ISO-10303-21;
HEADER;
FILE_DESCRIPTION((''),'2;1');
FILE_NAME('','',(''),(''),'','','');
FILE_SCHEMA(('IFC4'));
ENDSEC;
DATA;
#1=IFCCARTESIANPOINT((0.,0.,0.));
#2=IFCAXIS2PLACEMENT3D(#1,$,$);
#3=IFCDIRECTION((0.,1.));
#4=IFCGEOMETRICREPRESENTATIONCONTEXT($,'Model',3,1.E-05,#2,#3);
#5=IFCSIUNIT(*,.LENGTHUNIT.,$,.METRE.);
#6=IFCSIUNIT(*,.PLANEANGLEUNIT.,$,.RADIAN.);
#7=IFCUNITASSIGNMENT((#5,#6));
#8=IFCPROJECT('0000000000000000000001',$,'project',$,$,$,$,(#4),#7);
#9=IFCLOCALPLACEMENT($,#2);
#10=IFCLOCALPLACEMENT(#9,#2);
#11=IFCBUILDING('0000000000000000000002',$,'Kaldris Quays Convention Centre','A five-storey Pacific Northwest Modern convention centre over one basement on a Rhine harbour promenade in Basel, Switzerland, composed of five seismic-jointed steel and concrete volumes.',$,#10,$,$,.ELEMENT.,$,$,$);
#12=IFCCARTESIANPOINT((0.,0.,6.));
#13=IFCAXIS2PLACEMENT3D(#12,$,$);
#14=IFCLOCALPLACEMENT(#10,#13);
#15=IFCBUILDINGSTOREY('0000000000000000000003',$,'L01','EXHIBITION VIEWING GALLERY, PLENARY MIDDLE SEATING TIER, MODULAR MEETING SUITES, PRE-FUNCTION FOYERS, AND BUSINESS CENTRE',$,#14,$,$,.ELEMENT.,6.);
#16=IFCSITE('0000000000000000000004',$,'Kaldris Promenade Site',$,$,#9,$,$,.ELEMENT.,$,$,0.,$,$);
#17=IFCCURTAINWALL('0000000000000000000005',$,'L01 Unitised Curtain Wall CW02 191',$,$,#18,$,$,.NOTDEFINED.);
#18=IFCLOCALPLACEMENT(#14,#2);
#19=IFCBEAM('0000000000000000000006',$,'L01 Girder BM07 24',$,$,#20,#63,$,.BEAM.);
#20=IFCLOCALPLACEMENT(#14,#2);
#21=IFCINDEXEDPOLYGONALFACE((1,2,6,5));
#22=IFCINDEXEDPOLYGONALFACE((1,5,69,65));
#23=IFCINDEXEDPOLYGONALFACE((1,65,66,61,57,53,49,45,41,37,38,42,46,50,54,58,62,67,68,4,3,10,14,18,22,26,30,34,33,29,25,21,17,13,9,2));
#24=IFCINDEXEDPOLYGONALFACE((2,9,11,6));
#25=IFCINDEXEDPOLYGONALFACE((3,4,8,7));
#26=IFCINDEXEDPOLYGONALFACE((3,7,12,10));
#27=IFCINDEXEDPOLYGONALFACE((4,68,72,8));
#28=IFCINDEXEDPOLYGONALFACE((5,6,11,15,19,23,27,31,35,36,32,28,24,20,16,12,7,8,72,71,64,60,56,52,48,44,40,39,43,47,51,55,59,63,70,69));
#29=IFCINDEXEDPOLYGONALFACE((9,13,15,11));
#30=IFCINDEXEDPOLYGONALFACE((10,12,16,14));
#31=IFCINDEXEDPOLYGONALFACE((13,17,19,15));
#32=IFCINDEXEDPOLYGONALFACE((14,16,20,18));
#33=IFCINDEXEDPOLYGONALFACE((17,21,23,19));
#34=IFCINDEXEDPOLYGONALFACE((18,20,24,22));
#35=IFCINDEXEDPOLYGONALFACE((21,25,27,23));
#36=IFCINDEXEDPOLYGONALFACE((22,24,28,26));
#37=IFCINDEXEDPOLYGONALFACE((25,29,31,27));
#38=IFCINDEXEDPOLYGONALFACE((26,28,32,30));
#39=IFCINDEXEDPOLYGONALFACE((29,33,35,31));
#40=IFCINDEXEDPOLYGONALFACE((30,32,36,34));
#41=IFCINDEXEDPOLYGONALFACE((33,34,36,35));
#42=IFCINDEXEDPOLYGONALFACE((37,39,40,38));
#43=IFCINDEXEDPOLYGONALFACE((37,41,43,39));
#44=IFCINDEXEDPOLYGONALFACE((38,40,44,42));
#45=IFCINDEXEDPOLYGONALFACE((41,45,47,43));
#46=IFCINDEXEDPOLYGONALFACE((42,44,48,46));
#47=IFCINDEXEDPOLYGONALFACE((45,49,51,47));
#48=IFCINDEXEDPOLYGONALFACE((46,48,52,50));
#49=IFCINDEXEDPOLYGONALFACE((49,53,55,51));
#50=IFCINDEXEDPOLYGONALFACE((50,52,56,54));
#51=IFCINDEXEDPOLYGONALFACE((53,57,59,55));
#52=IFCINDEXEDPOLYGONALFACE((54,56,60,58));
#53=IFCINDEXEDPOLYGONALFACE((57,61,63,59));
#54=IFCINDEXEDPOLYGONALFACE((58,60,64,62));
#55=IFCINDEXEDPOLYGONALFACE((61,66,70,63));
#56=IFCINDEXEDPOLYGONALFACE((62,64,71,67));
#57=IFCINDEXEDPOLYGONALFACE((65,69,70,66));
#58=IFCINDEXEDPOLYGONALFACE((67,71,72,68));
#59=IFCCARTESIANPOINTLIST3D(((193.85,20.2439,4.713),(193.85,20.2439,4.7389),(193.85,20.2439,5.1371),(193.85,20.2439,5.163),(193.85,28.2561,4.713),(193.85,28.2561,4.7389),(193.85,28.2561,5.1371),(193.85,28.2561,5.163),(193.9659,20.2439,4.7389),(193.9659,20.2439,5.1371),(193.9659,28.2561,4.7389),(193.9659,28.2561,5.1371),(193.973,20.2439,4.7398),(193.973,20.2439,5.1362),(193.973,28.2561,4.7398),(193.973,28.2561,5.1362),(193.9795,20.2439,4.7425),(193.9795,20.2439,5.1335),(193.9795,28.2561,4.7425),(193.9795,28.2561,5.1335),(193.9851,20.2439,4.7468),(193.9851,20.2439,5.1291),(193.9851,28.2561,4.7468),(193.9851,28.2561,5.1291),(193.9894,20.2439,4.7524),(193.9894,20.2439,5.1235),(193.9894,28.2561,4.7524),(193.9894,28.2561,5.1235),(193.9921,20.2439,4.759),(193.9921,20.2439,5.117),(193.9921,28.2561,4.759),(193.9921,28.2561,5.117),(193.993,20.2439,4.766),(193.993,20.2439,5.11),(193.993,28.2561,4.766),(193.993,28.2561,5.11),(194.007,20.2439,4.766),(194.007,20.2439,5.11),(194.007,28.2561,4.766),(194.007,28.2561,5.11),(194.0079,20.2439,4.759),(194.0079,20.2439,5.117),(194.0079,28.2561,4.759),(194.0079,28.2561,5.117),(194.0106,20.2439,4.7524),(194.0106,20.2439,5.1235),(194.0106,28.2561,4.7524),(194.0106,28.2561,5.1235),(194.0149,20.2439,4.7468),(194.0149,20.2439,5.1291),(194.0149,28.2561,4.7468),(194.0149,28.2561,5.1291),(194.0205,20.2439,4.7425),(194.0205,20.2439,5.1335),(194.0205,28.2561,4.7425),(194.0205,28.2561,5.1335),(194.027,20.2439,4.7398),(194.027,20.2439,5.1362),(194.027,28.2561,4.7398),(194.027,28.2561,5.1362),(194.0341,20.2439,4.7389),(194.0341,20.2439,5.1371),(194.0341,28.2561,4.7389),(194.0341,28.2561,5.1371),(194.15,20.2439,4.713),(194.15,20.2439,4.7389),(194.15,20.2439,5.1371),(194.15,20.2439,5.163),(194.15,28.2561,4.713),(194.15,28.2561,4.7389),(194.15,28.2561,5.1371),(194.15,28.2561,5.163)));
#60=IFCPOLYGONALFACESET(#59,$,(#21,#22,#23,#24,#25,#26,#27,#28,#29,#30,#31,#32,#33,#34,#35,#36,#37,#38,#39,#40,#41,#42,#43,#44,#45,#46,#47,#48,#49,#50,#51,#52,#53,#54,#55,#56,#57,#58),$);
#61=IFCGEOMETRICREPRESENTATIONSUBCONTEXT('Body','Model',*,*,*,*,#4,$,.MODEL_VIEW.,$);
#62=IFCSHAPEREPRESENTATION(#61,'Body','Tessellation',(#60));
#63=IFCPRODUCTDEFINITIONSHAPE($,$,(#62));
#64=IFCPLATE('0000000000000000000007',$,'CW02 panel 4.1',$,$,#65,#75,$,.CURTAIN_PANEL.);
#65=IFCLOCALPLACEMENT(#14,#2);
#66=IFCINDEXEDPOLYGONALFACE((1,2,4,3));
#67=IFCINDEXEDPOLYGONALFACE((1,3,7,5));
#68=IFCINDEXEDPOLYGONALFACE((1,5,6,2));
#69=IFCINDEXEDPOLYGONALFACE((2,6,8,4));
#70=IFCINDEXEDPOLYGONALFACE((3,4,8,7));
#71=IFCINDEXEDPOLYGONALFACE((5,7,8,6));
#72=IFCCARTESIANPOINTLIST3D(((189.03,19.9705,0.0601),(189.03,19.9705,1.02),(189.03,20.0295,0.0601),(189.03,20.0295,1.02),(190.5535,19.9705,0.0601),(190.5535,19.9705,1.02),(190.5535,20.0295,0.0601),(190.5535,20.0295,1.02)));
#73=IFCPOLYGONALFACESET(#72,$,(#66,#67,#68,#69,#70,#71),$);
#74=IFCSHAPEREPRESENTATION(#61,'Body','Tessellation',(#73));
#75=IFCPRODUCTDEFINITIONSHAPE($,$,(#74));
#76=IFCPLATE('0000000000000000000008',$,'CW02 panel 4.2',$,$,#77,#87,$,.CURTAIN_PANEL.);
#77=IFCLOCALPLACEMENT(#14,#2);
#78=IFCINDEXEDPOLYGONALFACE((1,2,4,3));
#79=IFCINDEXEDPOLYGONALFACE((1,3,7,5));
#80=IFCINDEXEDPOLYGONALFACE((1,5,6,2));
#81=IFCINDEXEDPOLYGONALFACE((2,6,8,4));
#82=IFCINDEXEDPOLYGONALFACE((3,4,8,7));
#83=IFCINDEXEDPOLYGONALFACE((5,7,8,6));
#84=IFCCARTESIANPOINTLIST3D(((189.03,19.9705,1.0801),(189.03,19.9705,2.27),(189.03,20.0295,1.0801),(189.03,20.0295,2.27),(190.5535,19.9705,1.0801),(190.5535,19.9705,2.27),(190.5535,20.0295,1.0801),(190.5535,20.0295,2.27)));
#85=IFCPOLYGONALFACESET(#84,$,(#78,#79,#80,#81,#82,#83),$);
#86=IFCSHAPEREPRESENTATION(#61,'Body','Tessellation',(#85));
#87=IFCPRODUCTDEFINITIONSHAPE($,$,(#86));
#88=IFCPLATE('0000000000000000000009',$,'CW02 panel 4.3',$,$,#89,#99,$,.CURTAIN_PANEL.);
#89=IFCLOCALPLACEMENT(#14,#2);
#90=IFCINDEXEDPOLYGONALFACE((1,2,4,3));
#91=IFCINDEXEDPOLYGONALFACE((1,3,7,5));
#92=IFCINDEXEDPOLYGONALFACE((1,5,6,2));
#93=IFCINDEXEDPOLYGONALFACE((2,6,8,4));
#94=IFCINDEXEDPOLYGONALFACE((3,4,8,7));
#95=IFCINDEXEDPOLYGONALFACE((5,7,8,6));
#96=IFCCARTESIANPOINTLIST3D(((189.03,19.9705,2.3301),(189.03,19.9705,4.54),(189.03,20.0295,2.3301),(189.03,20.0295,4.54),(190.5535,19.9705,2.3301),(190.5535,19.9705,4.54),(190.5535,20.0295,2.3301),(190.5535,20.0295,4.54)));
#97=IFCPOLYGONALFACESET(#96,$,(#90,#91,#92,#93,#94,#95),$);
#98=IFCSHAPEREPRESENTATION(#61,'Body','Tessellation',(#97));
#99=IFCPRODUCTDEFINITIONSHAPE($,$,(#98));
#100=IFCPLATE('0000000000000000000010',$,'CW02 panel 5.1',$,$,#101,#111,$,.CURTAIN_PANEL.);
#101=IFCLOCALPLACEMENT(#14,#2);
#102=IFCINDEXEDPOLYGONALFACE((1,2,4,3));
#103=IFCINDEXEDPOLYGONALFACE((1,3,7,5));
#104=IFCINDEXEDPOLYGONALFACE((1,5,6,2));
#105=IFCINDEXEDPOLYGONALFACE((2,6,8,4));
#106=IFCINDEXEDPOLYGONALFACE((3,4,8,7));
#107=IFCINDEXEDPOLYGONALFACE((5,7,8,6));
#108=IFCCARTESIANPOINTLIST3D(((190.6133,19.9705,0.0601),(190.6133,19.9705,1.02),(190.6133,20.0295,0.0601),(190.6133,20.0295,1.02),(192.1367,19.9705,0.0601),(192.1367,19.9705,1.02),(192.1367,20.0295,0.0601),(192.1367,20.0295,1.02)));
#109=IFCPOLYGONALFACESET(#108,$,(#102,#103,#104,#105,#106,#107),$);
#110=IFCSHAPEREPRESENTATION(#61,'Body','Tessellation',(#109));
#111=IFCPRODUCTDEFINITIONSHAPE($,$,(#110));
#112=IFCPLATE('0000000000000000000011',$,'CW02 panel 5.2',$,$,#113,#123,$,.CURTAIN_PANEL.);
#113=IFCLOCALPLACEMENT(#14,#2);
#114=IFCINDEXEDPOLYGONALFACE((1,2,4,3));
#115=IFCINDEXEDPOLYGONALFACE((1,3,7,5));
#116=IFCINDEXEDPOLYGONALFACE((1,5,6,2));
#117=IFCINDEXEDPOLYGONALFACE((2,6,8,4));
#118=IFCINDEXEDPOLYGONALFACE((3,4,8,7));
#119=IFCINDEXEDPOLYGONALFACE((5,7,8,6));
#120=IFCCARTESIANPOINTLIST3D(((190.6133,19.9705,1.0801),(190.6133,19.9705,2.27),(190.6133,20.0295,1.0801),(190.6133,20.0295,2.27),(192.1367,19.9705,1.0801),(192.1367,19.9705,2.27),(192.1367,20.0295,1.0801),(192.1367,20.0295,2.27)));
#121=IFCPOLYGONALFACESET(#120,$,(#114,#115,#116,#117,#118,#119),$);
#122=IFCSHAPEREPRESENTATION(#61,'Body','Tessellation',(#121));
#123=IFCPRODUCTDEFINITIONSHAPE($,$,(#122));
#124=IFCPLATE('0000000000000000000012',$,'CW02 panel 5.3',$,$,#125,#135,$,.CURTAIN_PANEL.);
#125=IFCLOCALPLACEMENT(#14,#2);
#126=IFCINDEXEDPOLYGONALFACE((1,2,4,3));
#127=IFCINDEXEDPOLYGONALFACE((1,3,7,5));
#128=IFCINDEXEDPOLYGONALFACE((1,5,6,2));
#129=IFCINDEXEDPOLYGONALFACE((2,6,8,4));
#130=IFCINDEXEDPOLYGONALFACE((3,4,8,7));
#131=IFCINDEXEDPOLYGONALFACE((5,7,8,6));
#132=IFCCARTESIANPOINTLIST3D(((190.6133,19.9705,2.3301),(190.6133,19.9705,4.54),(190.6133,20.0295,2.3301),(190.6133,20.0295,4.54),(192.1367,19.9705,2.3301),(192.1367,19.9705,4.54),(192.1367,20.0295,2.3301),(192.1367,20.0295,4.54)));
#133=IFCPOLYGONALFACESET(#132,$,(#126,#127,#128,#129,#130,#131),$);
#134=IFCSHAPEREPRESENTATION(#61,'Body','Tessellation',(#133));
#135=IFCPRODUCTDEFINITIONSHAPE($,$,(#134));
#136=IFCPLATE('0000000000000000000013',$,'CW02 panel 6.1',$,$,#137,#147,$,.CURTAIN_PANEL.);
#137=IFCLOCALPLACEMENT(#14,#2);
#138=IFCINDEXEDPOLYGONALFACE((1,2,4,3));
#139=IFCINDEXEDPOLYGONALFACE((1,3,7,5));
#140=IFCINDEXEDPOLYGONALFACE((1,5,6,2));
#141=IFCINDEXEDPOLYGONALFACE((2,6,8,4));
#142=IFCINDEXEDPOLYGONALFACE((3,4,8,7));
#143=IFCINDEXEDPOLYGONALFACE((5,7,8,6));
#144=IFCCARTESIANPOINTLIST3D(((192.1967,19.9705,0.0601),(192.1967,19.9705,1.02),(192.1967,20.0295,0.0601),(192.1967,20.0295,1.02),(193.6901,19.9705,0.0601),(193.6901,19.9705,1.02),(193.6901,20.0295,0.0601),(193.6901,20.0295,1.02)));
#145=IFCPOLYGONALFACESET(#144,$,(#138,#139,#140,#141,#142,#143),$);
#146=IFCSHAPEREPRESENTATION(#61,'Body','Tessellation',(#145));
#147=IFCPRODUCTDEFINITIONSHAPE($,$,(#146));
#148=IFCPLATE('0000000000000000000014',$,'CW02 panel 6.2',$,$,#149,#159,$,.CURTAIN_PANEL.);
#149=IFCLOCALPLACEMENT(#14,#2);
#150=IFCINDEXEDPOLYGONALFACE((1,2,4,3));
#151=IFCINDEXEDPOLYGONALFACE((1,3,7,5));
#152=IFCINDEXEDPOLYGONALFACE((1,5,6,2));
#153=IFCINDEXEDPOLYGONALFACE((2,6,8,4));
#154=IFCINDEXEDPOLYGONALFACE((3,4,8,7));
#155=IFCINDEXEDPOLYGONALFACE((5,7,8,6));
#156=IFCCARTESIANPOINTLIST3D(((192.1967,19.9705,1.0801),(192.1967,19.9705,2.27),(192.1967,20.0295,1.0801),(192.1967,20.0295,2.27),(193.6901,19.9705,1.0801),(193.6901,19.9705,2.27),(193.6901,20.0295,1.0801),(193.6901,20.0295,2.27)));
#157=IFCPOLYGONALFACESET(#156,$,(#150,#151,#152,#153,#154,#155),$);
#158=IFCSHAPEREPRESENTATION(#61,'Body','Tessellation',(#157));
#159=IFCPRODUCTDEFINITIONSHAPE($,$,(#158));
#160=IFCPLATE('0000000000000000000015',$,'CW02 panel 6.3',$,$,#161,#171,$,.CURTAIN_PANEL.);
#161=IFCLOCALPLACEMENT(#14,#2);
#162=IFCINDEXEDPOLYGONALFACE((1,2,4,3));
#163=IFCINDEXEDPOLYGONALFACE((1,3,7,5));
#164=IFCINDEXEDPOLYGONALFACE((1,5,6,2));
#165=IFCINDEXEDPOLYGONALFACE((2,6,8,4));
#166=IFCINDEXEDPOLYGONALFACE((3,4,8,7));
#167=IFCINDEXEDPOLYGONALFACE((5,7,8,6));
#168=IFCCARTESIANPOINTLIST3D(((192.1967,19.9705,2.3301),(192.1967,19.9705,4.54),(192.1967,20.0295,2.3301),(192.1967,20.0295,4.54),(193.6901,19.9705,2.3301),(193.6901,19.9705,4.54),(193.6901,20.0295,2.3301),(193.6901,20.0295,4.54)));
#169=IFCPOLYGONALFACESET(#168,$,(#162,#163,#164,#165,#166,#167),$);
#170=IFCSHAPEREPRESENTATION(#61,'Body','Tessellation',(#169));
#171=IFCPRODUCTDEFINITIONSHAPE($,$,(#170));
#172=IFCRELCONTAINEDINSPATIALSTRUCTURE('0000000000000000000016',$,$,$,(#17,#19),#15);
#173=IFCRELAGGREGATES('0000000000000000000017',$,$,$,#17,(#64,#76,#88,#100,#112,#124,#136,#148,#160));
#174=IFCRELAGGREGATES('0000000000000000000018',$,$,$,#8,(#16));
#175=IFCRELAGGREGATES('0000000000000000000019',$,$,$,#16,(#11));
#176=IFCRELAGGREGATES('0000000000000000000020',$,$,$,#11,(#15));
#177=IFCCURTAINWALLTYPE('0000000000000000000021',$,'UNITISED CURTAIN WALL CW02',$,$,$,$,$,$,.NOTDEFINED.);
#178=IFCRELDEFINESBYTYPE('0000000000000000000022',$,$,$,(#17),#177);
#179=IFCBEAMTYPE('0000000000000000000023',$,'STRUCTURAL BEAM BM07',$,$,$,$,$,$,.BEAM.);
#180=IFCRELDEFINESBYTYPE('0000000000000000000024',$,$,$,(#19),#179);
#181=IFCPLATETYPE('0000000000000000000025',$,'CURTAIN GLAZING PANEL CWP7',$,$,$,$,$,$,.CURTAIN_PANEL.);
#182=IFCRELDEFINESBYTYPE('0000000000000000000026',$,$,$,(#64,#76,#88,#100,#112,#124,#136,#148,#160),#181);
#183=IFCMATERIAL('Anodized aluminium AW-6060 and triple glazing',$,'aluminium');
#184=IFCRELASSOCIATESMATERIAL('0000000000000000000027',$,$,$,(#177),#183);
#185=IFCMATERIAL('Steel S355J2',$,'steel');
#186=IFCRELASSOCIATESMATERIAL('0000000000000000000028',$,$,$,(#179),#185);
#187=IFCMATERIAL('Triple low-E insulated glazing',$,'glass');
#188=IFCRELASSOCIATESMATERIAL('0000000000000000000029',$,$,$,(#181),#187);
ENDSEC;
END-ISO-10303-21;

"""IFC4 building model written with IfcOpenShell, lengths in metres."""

from ifc_helpers import new_model, si_unit, direction, frame, origin, origin_2d, place, context, subcontext, project, spatial, rectangle, i_section, extrude, material, material_profile, profile_set, type_object, element, aggregate, save


model = new_model("IFC4")

# Units and contexts
model_context = context("Model", 3, precision=1e-05, world=origin(), true_north=direction((0.0, 1.0)))
body_context = subcontext(model_context, "Body", "Model", "MODEL_VIEW")
ifc_project = project(units=[si_unit("LENGTHUNIT", "METRE"), si_unit("PLANEANGLEUNIT", "RADIAN")], contexts=[model_context])

# Site, building, storey
site_placement = place(None, origin())
site = spatial("IfcSite", under=ifc_project, at=site_placement, Name="Kaldris Promenade Site", CompositionType="ELEMENT", RefElevation=0.0)
building_placement = place(site_placement, origin())
building = spatial("IfcBuilding", under=site, at=building_placement, Name="Kaldris Quays Convention Centre", Description="A five-storey Pacific Northwest Modern convention centre over one basement on a Rhine harbour promenade in Basel, Switzerland, composed of five seismic-jointed steel and concrete volumes.", CompositionType="ELEMENT")
storey_placement = place(building_placement, frame((0.0, 0.0, 6.0)))
storey = spatial("IfcBuildingStorey", under=building, at=storey_placement, Name="L01", Description="EXHIBITION VIEWING GALLERY, PLENARY MIDDLE SEATING TIER, MODULAR MEETING SUITES, PRE-FUNCTION FOYERS, AND BUSINESS CENTRE", CompositionType="ELEMENT", Elevation=6.0)

# Shared definitions
ifc_material_1 = material(Name="Steel S355J2", Category="steel")

# Curtain wall
ifc_material_2 = material(Name="Anodized aluminium AW-6060 and triple glazing", Category="aluminium")
curtain_wall_type = type_object("IfcCurtainWallType", Name="UNITISED CURTAIN WALL CW02", PredefinedType="NOTDEFINED", material=ifc_material_2)
curtain_wall_placement = place(storey_placement, origin())
curtain_wall = element("IfcCurtainWall", 1, at=curtain_wall_placement, inside=storey, type_object=curtain_wall_type, Name="L01 Unitised Curtain Wall CW02 191", PredefinedType="NOTDEFINED")

# Beam
ifc_material_profile_1 = material_profile(ifc_material_1, i_section(OverallWidth=0.3, OverallDepth=0.45, WebThickness=0.0139, FlangeThickness=0.0259, FilletRadius=0.0271, at=origin_2d()), Name="HEB 450")
ifc_profile_set_1 = profile_set([ifc_material_profile_1], Name="Steel S355J2")
beam_type_1 = type_object("IfcBeamType", Name="STRUCTURAL BEAM BM07", PredefinedType="BEAM", material=ifc_profile_set_1)
beam_1_placement = place(storey_placement, frame((194.0, 20.2439, 4.938), z_axis=(0.0, 1.0, 0.0), x_axis=(-1.0, 0.0, 0.0)))
element("IfcBeam", 2, at=beam_1_placement, inside=storey, type_object=beam_type_1, Name="L01 Girder BM07 24", PredefinedType="BEAM", context=body_context, shape_type="SweptSolid", body=[
    extrude(i_section(OverallWidth=0.3, OverallDepth=0.45, WebThickness=0.0139, FlangeThickness=0.0259, FilletRadius=0.0271, at=origin_2d()), origin(), (0.0, 0.0, 1.0), 8.0122),
])

# Plates
ifc_material_3 = material(Name="Triple low-E insulated glazing", Category="glass")
plate_type = type_object("IfcPlateType", Name="CURTAIN GLAZING PANEL CWP7", PredefinedType="CURTAIN_PANEL", material=ifc_material_3)
plate_1_placement = place(storey_placement, frame((189.7917, 20.0, 0.0601), z_axis=(0.0, 0.0, 1.0), x_axis=(1.0, 0.0, 0.0)))
plate_1 = element("IfcPlate", 3, at=plate_1_placement, type_object=plate_type, Name="CW02 panel 4.1", PredefinedType="CURTAIN_PANEL", context=body_context, shape_type="SweptSolid", body=[
    extrude(rectangle(XDim=1.5234, YDim=0.0591, at=origin_2d()), origin(), (0.0, 0.0, 1.0), 0.96),
])
plate_2_placement = place(storey_placement, frame((189.7917, 20.0, 1.0801), z_axis=(0.0, 0.0, 1.0), x_axis=(1.0, 0.0, 0.0)))
plate_2 = element("IfcPlate", 4, at=plate_2_placement, type_object=plate_type, Name="CW02 panel 4.2", PredefinedType="CURTAIN_PANEL", context=body_context, shape_type="SweptSolid", body=[
    extrude(rectangle(XDim=1.5234, YDim=0.0591, at=origin_2d()), origin(), (0.0, 0.0, 1.0), 1.1899),
])
plate_3_placement = place(storey_placement, frame((189.7917, 20.0, 2.3301), z_axis=(0.0, 0.0, 1.0), x_axis=(1.0, 0.0, 0.0)))
plate_3 = element("IfcPlate", 5, at=plate_3_placement, type_object=plate_type, Name="CW02 panel 4.3", PredefinedType="CURTAIN_PANEL", context=body_context, shape_type="SweptSolid", body=[
    extrude(rectangle(XDim=1.5234, YDim=0.0591, at=origin_2d()), origin(), (0.0, 0.0, 1.0), 2.21),
])
plate_4_placement = place(storey_placement, frame((191.375, 20.0, 0.0601), z_axis=(0.0, 0.0, 1.0), x_axis=(1.0, 0.0, 0.0)))
plate_4 = element("IfcPlate", 6, at=plate_4_placement, type_object=plate_type, Name="CW02 panel 5.1", PredefinedType="CURTAIN_PANEL", context=body_context, shape_type="SweptSolid", body=[
    extrude(rectangle(XDim=1.5234, YDim=0.0591, at=origin_2d()), origin(), (0.0, 0.0, 1.0), 0.96),
])
plate_5_placement = place(storey_placement, frame((191.375, 20.0, 1.0801), z_axis=(0.0, 0.0, 1.0), x_axis=(1.0, 0.0, 0.0)))
plate_5 = element("IfcPlate", 7, at=plate_5_placement, type_object=plate_type, Name="CW02 panel 5.2", PredefinedType="CURTAIN_PANEL", context=body_context, shape_type="SweptSolid", body=[
    extrude(rectangle(XDim=1.5234, YDim=0.0591, at=origin_2d()), origin(), (0.0, 0.0, 1.0), 1.1899),
])
plate_6_placement = place(storey_placement, frame((191.375, 20.0, 2.3301), z_axis=(0.0, 0.0, 1.0), x_axis=(1.0, 0.0, 0.0)))
plate_6 = element("IfcPlate", 8, at=plate_6_placement, type_object=plate_type, Name="CW02 panel 5.3", PredefinedType="CURTAIN_PANEL", context=body_context, shape_type="SweptSolid", body=[
    extrude(rectangle(XDim=1.5234, YDim=0.0591, at=origin_2d()), origin(), (0.0, 0.0, 1.0), 2.21),
])
plate_7_placement = place(storey_placement, frame((192.9434, 20.0, 0.0601), z_axis=(0.0, 0.0, 1.0), x_axis=(1.0, 0.0, 0.0)))
plate_7 = element("IfcPlate", 9, at=plate_7_placement, type_object=plate_type, Name="CW02 panel 6.1", PredefinedType="CURTAIN_PANEL", context=body_context, shape_type="SweptSolid", body=[
    extrude(rectangle(XDim=1.4934, YDim=0.0591, at=origin_2d()), origin(), (0.0, 0.0, 1.0), 0.96),
])
plate_8_placement = place(storey_placement, frame((192.9434, 20.0, 1.0801), z_axis=(0.0, 0.0, 1.0), x_axis=(1.0, 0.0, 0.0)))
plate_8 = element("IfcPlate", 10, at=plate_8_placement, type_object=plate_type, Name="CW02 panel 6.2", PredefinedType="CURTAIN_PANEL", context=body_context, shape_type="SweptSolid", body=[
    extrude(rectangle(XDim=1.4934, YDim=0.0591, at=origin_2d()), origin(), (0.0, 0.0, 1.0), 1.1899),
])
plate_9_placement = place(storey_placement, frame((192.9434, 20.0, 2.3301), z_axis=(0.0, 0.0, 1.0), x_axis=(1.0, 0.0, 0.0)))
plate_9 = element("IfcPlate", 11, at=plate_9_placement, type_object=plate_type, Name="CW02 panel 6.3", PredefinedType="CURTAIN_PANEL", context=body_context, shape_type="SweptSolid", body=[
    extrude(rectangle(XDim=1.4934, YDim=0.0591, at=origin_2d()), origin(), (0.0, 0.0, 1.0), 2.21),
])
aggregate(curtain_wall, [plate_1, plate_2, plate_3, plate_4, plate_5, plate_6, plate_7, plate_8, plate_9])

save(model, "model.ifc")
